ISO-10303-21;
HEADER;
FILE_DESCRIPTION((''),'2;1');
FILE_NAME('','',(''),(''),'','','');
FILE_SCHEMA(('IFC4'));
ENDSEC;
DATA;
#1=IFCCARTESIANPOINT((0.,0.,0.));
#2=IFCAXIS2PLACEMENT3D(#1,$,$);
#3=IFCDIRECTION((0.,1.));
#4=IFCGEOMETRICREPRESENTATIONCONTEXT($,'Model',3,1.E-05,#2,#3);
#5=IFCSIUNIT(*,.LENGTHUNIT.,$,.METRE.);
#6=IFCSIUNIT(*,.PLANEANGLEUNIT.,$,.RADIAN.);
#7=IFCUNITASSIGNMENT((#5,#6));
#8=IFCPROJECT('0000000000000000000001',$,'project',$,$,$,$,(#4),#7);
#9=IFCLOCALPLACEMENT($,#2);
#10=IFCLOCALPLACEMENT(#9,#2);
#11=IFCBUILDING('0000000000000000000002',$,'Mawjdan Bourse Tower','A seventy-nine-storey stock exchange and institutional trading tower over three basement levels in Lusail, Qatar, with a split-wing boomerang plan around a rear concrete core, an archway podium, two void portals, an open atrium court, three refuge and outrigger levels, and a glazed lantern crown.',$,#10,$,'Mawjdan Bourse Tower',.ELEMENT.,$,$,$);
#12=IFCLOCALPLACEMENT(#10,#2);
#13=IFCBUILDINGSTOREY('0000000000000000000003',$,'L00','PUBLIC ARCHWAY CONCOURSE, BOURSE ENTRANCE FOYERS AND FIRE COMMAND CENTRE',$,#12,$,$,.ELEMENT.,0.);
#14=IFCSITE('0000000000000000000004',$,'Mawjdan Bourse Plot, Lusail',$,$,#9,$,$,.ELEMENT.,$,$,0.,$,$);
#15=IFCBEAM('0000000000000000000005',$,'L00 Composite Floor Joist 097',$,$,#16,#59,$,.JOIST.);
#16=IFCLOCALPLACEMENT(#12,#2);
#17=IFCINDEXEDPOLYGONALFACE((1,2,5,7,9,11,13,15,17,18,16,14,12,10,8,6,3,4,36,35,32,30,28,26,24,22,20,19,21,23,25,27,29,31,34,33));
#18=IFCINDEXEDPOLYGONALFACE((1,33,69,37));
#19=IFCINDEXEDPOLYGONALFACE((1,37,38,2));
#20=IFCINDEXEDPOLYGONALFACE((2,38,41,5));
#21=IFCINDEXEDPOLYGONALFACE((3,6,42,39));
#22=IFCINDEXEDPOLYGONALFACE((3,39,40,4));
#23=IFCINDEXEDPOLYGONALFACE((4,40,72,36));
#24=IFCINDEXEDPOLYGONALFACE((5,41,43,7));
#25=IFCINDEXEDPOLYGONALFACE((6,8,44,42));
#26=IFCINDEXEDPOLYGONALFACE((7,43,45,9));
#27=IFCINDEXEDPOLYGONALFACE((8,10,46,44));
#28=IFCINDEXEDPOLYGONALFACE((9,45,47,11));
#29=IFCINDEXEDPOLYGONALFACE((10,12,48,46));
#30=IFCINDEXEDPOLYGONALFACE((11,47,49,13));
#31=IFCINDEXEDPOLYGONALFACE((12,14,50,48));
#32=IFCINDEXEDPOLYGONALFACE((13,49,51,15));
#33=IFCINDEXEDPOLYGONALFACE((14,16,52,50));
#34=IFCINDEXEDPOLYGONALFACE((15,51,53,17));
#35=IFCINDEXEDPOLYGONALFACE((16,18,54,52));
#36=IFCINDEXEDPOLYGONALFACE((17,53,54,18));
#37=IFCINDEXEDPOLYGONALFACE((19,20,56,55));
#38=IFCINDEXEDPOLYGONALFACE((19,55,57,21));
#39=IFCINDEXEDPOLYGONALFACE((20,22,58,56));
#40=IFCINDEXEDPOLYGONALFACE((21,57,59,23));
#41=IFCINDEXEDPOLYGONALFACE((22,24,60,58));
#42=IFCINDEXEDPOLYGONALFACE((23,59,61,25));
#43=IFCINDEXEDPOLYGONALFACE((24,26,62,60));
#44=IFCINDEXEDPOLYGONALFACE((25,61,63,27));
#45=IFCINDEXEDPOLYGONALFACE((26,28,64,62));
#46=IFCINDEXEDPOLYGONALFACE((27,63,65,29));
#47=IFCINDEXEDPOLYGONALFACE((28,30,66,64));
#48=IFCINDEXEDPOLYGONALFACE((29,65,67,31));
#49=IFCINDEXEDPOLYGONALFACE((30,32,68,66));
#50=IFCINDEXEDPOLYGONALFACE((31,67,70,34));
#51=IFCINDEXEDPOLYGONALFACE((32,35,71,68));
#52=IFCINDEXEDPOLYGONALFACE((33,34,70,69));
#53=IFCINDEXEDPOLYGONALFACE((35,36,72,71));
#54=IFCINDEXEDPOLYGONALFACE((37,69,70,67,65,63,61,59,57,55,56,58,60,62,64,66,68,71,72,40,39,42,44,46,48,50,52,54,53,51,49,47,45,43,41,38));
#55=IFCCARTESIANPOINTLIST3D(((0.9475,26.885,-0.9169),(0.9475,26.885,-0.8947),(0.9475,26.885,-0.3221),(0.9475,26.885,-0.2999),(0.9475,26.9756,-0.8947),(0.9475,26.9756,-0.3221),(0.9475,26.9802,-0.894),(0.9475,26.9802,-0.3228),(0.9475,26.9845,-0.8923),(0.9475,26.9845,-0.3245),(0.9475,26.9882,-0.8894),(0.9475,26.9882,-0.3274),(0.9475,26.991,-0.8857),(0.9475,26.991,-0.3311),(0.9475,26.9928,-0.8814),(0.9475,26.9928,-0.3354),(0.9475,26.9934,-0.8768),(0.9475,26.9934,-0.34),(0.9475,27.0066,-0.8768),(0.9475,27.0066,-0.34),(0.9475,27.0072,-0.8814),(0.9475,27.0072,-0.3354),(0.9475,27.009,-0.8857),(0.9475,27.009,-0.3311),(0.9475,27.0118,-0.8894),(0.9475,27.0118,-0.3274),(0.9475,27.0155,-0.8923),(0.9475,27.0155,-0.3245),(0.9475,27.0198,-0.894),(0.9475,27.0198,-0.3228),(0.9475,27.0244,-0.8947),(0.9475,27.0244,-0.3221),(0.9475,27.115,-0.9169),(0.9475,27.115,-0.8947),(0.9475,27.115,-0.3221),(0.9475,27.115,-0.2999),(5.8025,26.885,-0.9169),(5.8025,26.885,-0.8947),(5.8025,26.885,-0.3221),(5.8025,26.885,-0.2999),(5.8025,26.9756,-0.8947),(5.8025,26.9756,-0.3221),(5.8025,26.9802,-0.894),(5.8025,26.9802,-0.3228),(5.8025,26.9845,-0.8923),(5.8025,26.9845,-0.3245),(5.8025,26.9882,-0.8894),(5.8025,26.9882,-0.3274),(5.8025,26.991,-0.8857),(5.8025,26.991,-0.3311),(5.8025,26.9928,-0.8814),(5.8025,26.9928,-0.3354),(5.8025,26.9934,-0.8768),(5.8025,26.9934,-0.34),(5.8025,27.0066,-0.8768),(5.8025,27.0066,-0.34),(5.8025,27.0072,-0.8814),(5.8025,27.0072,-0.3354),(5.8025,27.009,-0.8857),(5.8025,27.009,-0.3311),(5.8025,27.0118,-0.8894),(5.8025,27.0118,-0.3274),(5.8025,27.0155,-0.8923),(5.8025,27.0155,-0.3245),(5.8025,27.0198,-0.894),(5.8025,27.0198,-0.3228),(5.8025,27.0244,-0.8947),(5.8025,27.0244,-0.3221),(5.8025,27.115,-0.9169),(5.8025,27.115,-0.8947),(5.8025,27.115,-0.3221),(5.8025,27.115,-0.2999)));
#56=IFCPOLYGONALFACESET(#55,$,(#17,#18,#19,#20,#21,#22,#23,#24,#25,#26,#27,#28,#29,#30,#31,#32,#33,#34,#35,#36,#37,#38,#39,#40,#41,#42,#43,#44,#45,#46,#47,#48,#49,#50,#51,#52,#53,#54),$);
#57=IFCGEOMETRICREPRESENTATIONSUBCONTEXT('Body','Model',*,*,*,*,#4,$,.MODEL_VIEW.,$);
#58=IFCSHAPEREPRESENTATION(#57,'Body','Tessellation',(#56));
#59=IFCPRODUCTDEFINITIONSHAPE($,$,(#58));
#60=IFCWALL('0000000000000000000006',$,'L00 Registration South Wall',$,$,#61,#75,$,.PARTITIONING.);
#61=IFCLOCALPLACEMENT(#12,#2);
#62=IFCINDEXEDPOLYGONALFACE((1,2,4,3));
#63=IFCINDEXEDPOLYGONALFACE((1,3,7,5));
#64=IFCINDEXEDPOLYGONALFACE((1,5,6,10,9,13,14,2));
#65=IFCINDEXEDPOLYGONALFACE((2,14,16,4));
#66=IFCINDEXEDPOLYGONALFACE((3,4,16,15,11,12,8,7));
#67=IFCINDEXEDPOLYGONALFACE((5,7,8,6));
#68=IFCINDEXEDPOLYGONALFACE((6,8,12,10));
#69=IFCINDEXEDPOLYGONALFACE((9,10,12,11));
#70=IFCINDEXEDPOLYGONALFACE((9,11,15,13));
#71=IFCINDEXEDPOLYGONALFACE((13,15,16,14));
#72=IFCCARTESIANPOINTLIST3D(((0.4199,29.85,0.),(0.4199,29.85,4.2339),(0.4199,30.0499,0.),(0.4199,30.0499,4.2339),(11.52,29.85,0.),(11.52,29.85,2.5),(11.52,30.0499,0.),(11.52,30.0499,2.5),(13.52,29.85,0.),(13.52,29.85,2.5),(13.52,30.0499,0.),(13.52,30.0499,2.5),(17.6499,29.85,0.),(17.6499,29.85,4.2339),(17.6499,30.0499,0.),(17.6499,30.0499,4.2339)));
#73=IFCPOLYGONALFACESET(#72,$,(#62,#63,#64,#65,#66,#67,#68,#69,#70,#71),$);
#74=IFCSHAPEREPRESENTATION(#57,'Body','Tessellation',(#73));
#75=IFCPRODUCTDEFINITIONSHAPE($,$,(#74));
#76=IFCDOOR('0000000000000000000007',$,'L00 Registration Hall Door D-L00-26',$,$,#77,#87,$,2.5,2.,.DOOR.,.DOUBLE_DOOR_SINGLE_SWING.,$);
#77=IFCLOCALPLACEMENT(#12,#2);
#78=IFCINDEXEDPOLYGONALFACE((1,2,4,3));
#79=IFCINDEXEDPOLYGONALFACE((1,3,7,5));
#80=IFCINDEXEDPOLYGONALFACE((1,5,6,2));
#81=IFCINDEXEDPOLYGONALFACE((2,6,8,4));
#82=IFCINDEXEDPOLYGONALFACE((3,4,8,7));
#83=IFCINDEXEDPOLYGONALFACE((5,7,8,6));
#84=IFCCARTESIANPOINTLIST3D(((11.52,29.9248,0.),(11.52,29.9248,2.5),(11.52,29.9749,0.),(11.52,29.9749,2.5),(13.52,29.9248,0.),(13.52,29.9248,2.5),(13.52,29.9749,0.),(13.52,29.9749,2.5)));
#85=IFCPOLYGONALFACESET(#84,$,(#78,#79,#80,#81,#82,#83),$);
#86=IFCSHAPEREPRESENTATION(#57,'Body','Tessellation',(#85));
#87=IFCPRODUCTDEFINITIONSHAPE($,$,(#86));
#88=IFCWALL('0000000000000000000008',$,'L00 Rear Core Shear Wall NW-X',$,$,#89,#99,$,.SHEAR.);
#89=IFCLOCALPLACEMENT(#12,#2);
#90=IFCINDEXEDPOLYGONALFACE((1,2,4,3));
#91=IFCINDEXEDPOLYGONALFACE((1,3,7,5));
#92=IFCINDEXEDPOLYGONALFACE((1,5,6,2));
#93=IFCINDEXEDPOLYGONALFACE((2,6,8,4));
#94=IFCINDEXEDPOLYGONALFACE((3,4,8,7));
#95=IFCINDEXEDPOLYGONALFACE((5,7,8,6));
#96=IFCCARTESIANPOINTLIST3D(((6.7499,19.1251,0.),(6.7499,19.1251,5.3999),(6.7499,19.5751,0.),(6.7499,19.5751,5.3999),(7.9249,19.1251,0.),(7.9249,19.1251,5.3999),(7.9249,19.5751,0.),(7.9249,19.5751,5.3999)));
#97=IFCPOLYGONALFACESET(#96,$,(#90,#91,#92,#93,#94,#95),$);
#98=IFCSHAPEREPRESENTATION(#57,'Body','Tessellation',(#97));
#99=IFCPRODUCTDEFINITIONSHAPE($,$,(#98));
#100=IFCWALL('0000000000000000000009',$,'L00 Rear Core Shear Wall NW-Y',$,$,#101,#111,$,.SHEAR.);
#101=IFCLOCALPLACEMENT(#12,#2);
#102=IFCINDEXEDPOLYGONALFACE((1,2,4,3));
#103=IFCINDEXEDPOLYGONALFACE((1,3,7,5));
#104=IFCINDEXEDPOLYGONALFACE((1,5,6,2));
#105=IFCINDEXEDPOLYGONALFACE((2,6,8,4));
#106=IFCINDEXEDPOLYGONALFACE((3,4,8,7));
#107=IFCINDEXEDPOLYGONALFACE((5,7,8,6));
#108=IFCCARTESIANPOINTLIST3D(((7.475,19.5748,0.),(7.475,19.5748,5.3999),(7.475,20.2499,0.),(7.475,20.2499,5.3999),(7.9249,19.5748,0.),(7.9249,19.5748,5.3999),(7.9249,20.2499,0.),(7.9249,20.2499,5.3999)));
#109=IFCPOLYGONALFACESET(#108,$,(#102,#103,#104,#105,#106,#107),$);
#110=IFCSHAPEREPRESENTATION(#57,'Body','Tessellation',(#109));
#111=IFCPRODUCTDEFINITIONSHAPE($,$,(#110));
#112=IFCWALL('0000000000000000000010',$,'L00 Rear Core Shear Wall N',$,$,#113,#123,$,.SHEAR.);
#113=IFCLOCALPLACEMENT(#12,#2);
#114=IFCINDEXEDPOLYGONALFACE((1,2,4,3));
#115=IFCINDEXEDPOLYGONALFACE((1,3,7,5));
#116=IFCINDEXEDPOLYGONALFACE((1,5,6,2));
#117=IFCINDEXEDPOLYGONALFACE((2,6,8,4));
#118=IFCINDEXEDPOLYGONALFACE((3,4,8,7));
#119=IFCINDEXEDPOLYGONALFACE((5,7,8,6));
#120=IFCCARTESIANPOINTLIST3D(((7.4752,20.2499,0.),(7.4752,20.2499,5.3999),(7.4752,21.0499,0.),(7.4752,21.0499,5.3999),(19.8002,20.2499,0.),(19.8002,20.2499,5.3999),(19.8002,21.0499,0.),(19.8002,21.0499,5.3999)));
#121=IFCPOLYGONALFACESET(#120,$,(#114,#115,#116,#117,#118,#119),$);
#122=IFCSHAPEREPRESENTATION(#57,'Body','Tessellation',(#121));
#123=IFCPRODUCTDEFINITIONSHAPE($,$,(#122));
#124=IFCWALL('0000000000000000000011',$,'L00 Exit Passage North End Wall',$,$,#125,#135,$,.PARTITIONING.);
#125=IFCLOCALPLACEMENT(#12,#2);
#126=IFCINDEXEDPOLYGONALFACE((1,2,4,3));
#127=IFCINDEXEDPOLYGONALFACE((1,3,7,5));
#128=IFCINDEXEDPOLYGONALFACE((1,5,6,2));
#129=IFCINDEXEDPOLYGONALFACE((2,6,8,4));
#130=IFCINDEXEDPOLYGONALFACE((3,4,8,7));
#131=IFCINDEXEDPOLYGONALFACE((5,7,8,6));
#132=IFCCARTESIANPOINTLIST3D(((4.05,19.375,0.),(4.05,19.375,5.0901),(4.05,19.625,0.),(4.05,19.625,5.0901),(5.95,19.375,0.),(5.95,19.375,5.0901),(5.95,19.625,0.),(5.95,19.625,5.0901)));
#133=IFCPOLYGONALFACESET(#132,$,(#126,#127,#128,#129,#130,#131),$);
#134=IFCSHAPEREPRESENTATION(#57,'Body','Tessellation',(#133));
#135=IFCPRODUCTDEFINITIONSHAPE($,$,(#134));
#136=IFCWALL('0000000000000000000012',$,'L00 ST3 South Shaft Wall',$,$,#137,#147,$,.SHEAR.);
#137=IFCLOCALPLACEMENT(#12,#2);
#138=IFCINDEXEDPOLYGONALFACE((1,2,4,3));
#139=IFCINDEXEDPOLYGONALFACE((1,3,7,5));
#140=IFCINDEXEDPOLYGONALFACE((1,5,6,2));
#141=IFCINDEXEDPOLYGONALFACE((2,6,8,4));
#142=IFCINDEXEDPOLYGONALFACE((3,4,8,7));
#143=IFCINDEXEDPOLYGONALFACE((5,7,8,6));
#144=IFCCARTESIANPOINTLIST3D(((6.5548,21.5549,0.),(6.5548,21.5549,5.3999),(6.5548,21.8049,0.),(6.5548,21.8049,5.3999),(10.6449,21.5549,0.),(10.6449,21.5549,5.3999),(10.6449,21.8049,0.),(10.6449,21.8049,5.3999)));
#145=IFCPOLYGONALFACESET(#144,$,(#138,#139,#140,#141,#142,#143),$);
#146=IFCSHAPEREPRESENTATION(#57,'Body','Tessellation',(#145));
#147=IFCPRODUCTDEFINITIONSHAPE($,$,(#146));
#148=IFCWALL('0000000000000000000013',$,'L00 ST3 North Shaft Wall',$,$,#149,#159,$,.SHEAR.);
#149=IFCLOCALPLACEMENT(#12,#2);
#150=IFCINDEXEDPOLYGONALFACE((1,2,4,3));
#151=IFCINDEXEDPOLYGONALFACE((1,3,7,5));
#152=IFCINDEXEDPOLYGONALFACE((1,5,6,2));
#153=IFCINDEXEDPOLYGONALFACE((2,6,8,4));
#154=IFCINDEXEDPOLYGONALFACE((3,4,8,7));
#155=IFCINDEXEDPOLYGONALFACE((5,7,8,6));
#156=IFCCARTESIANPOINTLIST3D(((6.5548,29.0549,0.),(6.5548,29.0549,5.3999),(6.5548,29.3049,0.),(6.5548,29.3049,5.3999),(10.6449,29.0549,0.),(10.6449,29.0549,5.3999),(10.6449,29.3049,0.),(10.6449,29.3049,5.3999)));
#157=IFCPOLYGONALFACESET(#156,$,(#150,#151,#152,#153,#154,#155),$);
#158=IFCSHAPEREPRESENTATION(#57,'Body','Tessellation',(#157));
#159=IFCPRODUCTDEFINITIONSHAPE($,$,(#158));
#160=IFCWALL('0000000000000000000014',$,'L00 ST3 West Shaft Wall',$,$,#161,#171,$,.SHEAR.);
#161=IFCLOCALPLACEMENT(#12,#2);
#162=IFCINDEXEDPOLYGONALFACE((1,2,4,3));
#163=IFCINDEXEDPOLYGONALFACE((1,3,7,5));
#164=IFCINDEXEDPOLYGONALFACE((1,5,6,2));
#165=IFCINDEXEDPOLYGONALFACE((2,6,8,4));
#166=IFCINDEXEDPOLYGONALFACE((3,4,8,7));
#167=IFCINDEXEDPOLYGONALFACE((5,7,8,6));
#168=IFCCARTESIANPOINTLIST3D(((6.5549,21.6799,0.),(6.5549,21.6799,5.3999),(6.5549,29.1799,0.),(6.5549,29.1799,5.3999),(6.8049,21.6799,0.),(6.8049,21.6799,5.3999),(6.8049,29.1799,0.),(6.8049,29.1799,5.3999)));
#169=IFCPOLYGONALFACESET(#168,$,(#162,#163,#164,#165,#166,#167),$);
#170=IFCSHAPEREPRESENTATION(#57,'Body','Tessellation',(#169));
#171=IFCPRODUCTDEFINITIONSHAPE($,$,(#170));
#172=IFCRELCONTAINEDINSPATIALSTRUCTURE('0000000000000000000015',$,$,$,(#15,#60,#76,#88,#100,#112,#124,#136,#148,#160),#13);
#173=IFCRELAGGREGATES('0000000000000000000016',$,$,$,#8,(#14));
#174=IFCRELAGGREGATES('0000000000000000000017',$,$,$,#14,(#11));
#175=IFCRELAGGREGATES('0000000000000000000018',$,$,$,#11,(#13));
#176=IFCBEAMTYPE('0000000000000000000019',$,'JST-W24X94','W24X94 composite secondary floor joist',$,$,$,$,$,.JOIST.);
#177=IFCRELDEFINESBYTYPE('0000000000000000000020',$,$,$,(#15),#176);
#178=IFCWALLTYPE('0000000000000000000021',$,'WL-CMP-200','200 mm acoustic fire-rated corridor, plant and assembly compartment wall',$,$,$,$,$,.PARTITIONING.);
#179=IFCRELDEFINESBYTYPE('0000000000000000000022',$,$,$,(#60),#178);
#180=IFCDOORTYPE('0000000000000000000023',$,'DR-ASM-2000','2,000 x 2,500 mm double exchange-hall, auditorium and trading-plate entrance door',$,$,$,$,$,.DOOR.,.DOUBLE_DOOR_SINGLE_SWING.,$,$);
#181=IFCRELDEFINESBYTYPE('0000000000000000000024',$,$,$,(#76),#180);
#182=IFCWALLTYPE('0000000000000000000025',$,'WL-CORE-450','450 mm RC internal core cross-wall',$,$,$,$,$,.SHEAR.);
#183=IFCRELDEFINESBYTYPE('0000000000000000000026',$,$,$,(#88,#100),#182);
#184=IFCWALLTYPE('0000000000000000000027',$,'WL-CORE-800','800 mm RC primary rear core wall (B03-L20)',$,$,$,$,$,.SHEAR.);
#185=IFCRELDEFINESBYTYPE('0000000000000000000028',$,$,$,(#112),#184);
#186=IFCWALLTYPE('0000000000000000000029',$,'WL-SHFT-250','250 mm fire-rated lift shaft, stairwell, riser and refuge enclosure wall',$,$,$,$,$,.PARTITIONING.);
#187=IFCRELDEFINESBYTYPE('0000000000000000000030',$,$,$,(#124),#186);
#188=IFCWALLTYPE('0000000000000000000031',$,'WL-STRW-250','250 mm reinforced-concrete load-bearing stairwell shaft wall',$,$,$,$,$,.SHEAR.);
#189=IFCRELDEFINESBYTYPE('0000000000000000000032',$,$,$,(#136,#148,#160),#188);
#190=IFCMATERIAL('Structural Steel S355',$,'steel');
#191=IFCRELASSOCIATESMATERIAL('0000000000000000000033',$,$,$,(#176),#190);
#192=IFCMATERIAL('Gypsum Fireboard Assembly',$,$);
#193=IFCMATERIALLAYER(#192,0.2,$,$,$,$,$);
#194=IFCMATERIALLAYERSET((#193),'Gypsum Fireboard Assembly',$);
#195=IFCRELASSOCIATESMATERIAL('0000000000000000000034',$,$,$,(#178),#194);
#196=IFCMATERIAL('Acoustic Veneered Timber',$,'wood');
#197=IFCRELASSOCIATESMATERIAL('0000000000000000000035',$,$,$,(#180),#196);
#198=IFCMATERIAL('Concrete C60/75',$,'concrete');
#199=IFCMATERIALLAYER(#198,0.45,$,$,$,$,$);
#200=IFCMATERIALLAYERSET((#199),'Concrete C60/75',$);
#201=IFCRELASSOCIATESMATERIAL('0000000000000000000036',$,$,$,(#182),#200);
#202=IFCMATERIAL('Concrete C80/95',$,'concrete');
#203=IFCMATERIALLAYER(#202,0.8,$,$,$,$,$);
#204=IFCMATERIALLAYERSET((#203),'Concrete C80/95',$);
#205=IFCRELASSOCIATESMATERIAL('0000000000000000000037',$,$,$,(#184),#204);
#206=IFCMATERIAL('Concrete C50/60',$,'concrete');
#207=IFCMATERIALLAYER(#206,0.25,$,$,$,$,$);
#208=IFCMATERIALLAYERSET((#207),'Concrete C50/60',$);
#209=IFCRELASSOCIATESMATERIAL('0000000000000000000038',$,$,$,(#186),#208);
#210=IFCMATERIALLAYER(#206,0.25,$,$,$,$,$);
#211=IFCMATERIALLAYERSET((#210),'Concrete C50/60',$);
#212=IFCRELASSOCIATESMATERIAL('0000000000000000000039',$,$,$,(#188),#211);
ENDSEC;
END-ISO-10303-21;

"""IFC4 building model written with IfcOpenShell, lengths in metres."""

from ifc_helpers import new_model, si_unit, direction, frame, frame_2d, origin, origin_2d, place, context, subcontext, project, spatial, rectangle, i_section, extrude, material, layer, layer_set, material_profile, profile_set, type_object, element, fill, save


model = new_model("IFC4")

# Units and contexts
model_context = context("Model", 3, precision=1e-05, world=origin(), true_north=direction((0.0, 1.0)))
body_context = subcontext(model_context, "Body", "Model", "MODEL_VIEW")
ifc_project = project(units=[si_unit("LENGTHUNIT", "METRE"), si_unit("PLANEANGLEUNIT", "RADIAN")], contexts=[model_context])

# Site, building, storey
site_placement = place(None, origin())
site = spatial("IfcSite", under=ifc_project, at=site_placement, Name="Mawjdan Bourse Plot, Lusail", CompositionType="ELEMENT", RefElevation=0.0)
building_placement = place(site_placement, origin())
building = spatial("IfcBuilding", under=site, at=building_placement, Name="Mawjdan Bourse Tower", Description="A seventy-nine-storey stock exchange and institutional trading tower over three basement levels in Lusail, Qatar, with a split-wing boomerang plan around a rear concrete core, an archway podium, two void portals, an open atrium court, three refuge and outrigger levels, and a glazed lantern crown.", LongName="Mawjdan Bourse Tower", CompositionType="ELEMENT")
storey_placement = place(building_placement, origin())
storey = spatial("IfcBuildingStorey", under=building, at=storey_placement, Name="L00", Description="PUBLIC ARCHWAY CONCOURSE, BOURSE ENTRANCE FOYERS AND FIRE COMMAND CENTRE", CompositionType="ELEMENT", Elevation=0.0)

# Shared definitions
ifc_material_1 = material(Name="Concrete C80/95", Category="concrete")

# Beam
ifc_material_2 = material(Name="Structural Steel S355", Category="steel")
ifc_material_profile_1 = material_profile(ifc_material_2, i_section(OverallWidth=0.23, OverallDepth=0.6169, WebThickness=0.0132, FlangeThickness=0.0222, FilletRadius=0.0178, at=origin_2d()), Name="W24X94")
ifc_profile_set_1 = profile_set([ifc_material_profile_1], Name="Structural Steel S355")
beam_type_1 = type_object("IfcBeamType", Name="JST-W24X94", Description="W24X94 composite secondary floor joist", PredefinedType="JOIST", material=ifc_profile_set_1)
for number, where, z_axis, x_axis, name in (
    (1, (0.9475, 27.0, -0.6084), (1.0, 0.0, 0.0), (0.0, 1.0, 0.0), "L00 Composite Floor Joist 097"),
):
    element("IfcBeam", number, at=place(storey_placement, frame(where, z_axis=z_axis, x_axis=x_axis)), inside=storey, type_object=beam_type_1, Name=name, PredefinedType="JOIST", context=body_context, shape_type="SweptSolid", body=[
        extrude(i_section(OverallWidth=0.23, OverallDepth=0.6169, WebThickness=0.0132, FlangeThickness=0.0222, FilletRadius=0.0178, at=origin_2d()), origin(), (0.0, 0.0, 1.0), 4.855),
    ])

# Wall, opening, door
ifc_material_3 = material(Name="Gypsum Fireboard Assembly")
ifc_layer_1 = layer(ifc_material_3, 0.2)
ifc_layer_set_1 = layer_set([ifc_layer_1], Name="Gypsum Fireboard Assembly")
wall_type_1 = type_object("IfcWallType", Name="WL-CMP-200", Description="200 mm acoustic fire-rated corridor, plant and assembly compartment wall", PredefinedType="PARTITIONING", material=ifc_layer_set_1)
wall_1_placement = place(storey_placement, frame((0.4199, 29.95, 0.0), z_axis=(0.0, 0.0, 1.0), x_axis=(1.0, 0.0, 0.0)))
wall_1 = element("IfcWall", 2, at=wall_1_placement, inside=storey, type_object=wall_type_1, Name="L00 Registration South Wall", PredefinedType="PARTITIONING", context=body_context, shape_type="SweptSolid", body=[
    extrude(rectangle(XDim=17.23, YDim=0.2, at=frame_2d((8.615, 0.0))), origin(), (0.0, 0.0, 1.0), 4.2339),
])
opening_placement = place(wall_1_placement, frame((11.1001, 0.0, 0.0)))
opening = element("IfcOpeningElement", 3, at=opening_placement, cuts=wall_1, PredefinedType="OPENING", context=body_context, shape_type="SweptSolid", body=[
    extrude(rectangle(XDim=2.0, YDim=2.5, at=frame_2d((1.0, 1.25))), frame((0.0, 0.1099, 0.0), z_axis=(0.0, -1.0, 0.0), x_axis=(1.0, 0.0, 0.0)), (0.0, 0.0, 1.0), 0.22),
])
ifc_material_4 = material(Name="Acoustic Veneered Timber", Category="wood")
door_type = type_object("IfcDoorType", Name="DR-ASM-2000", Description="2,000 x 2,500 mm double exchange-hall, auditorium and trading-plate entrance door", OperationType="DOUBLE_DOOR_SINGLE_SWING", PredefinedType="DOOR", material=ifc_material_4)
door_placement = place(opening_placement, origin())
door = element("IfcDoor", 4, at=door_placement, inside=storey, type_object=door_type, Name="L00 Registration Hall Door D-L00-26", OperationType="DOUBLE_DOOR_SINGLE_SWING", OverallHeight=2.5, OverallWidth=2.0, PredefinedType="DOOR", context=body_context, shape_type="SweptSolid", body=[
    extrude(rectangle(XDim=2.0, YDim=2.5, at=frame_2d((1.0, 1.25))), frame((0.0, 0.0249, 0.0), z_axis=(0.0, -1.0, 0.0), x_axis=(1.0, 0.0, 0.0)), (0.0, 0.0, 1.0), 0.05),
])
fill(opening, door)

# Walls
ifc_material_5 = material(Name="Concrete C60/75", Category="concrete")
ifc_layer_2 = layer(ifc_material_5, 0.45)
ifc_layer_set_2 = layer_set([ifc_layer_2], Name="Concrete C60/75")
wall_type_2 = type_object("IfcWallType", Name="WL-CORE-450", Description="450 mm RC internal core cross-wall", PredefinedType="SHEAR", material=ifc_layer_set_2)
wall_2_placement = place(storey_placement, frame((6.75, 19.3501, 0.0), z_axis=(0.0, 0.0, 1.0), x_axis=(1.0, 0.0, 0.0)))
element("IfcWall", 5, at=wall_2_placement, inside=storey, type_object=wall_type_2, Name="L00 Rear Core Shear Wall NW-X", PredefinedType="SHEAR", context=body_context, shape_type="SweptSolid", body=[
    extrude(rectangle(XDim=1.175, YDim=0.45, at=frame_2d((0.5874, 0.0))), origin(), (0.0, 0.0, 1.0), 5.3999),
])
wall_3_placement = place(storey_placement, frame((7.7, 19.575, 0.0), z_axis=(0.0, 0.0, 1.0), x_axis=(0.0, 1.0, 0.0)))
element("IfcWall", 6, at=wall_3_placement, inside=storey, type_object=wall_type_2, Name="L00 Rear Core Shear Wall NW-Y", PredefinedType="SHEAR", context=body_context, shape_type="SweptSolid", body=[
    extrude(rectangle(XDim=0.675, YDim=0.45, at=frame_2d((0.3374, 0.0))), origin(), (0.0, 0.0, 1.0), 5.3999),
])
ifc_layer_3 = layer(ifc_material_1, 0.8)
ifc_layer_set_3 = layer_set([ifc_layer_3], Name="Concrete C80/95")
wall_type_3 = type_object("IfcWallType", Name="WL-CORE-800", Description="800 mm RC primary rear core wall (B03-L20)", PredefinedType="SHEAR", material=ifc_layer_set_3)
wall_4_placement = place(storey_placement, frame((7.4751, 20.6499, 0.0), z_axis=(0.0, 0.0, 1.0), x_axis=(1.0, 0.0, 0.0)))
element("IfcWall", 7, at=wall_4_placement, inside=storey, type_object=wall_type_3, Name="L00 Rear Core Shear Wall N", PredefinedType="SHEAR", context=body_context, shape_type="SweptSolid", body=[
    extrude(rectangle(XDim=12.325, YDim=0.8, at=frame_2d((6.1626, 0.0))), origin(), (0.0, 0.0, 1.0), 5.3999),
])
ifc_material_6 = material(Name="Concrete C50/60", Category="concrete")
ifc_layer_4 = layer(ifc_material_6, 0.25)
ifc_layer_set_4 = layer_set([ifc_layer_4], Name="Concrete C50/60")
wall_type_4 = type_object("IfcWallType", Name="WL-SHFT-250", Description="250 mm fire-rated lift shaft, stairwell, riser and refuge enclosure wall", PredefinedType="PARTITIONING", material=ifc_layer_set_4)
wall_5_placement = place(storey_placement, frame((4.05, 19.5, 0.0), z_axis=(0.0, 0.0, 1.0), x_axis=(1.0, 0.0, 0.0)))
element("IfcWall", 8, at=wall_5_placement, inside=storey, type_object=wall_type_4, Name="L00 Exit Passage North End Wall", PredefinedType="PARTITIONING", context=body_context, shape_type="SweptSolid", body=[
    extrude(rectangle(XDim=1.8999, YDim=0.25, at=frame_2d((0.95, 0.0))), origin(), (0.0, 0.0, 1.0), 5.0901),
])
ifc_layer_5 = layer(ifc_material_6, 0.25)
ifc_layer_set_5 = layer_set([ifc_layer_5], Name="Concrete C50/60")
wall_type_5 = type_object("IfcWallType", Name="WL-STRW-250", Description="250 mm reinforced-concrete load-bearing stairwell shaft wall", PredefinedType="SHEAR", material=ifc_layer_set_5)
for number, where, z_axis, x_axis, name in (
    (9, (6.5549, 21.6799, 0.0), (0.0, 0.0, 1.0), (1.0, 0.0, 0.0), "L00 ST3 South Shaft Wall"),
    (10, (6.5549, 29.1799, 0.0), (0.0, 0.0, 1.0), (1.0, 0.0, 0.0), "L00 ST3 North Shaft Wall"),
):
    element("IfcWall", number, at=place(storey_placement, frame(where, z_axis=z_axis, x_axis=x_axis)), inside=storey, type_object=wall_type_5, Name=name, PredefinedType="SHEAR", context=body_context, shape_type="SweptSolid", body=[
        extrude(rectangle(XDim=4.0901, YDim=0.25, at=frame_2d((2.0449, 0.0))), origin(), (0.0, 0.0, 1.0), 5.3999),
    ])
wall_6_placement = place(storey_placement, frame((6.6799, 21.6799, 0.0), z_axis=(0.0, 0.0, 1.0), x_axis=(0.0, 1.0, 0.0)))
element("IfcWall", 11, at=wall_6_placement, inside=storey, type_object=wall_type_5, Name="L00 ST3 West Shaft Wall", PredefinedType="SHEAR", context=body_context, shape_type="SweptSolid", body=[
    extrude(rectangle(XDim=7.5, YDim=0.25, at=frame_2d((3.75, 0.0))), origin(), (0.0, 0.0, 1.0), 5.3999),
])

save(model, "model.ifc")
